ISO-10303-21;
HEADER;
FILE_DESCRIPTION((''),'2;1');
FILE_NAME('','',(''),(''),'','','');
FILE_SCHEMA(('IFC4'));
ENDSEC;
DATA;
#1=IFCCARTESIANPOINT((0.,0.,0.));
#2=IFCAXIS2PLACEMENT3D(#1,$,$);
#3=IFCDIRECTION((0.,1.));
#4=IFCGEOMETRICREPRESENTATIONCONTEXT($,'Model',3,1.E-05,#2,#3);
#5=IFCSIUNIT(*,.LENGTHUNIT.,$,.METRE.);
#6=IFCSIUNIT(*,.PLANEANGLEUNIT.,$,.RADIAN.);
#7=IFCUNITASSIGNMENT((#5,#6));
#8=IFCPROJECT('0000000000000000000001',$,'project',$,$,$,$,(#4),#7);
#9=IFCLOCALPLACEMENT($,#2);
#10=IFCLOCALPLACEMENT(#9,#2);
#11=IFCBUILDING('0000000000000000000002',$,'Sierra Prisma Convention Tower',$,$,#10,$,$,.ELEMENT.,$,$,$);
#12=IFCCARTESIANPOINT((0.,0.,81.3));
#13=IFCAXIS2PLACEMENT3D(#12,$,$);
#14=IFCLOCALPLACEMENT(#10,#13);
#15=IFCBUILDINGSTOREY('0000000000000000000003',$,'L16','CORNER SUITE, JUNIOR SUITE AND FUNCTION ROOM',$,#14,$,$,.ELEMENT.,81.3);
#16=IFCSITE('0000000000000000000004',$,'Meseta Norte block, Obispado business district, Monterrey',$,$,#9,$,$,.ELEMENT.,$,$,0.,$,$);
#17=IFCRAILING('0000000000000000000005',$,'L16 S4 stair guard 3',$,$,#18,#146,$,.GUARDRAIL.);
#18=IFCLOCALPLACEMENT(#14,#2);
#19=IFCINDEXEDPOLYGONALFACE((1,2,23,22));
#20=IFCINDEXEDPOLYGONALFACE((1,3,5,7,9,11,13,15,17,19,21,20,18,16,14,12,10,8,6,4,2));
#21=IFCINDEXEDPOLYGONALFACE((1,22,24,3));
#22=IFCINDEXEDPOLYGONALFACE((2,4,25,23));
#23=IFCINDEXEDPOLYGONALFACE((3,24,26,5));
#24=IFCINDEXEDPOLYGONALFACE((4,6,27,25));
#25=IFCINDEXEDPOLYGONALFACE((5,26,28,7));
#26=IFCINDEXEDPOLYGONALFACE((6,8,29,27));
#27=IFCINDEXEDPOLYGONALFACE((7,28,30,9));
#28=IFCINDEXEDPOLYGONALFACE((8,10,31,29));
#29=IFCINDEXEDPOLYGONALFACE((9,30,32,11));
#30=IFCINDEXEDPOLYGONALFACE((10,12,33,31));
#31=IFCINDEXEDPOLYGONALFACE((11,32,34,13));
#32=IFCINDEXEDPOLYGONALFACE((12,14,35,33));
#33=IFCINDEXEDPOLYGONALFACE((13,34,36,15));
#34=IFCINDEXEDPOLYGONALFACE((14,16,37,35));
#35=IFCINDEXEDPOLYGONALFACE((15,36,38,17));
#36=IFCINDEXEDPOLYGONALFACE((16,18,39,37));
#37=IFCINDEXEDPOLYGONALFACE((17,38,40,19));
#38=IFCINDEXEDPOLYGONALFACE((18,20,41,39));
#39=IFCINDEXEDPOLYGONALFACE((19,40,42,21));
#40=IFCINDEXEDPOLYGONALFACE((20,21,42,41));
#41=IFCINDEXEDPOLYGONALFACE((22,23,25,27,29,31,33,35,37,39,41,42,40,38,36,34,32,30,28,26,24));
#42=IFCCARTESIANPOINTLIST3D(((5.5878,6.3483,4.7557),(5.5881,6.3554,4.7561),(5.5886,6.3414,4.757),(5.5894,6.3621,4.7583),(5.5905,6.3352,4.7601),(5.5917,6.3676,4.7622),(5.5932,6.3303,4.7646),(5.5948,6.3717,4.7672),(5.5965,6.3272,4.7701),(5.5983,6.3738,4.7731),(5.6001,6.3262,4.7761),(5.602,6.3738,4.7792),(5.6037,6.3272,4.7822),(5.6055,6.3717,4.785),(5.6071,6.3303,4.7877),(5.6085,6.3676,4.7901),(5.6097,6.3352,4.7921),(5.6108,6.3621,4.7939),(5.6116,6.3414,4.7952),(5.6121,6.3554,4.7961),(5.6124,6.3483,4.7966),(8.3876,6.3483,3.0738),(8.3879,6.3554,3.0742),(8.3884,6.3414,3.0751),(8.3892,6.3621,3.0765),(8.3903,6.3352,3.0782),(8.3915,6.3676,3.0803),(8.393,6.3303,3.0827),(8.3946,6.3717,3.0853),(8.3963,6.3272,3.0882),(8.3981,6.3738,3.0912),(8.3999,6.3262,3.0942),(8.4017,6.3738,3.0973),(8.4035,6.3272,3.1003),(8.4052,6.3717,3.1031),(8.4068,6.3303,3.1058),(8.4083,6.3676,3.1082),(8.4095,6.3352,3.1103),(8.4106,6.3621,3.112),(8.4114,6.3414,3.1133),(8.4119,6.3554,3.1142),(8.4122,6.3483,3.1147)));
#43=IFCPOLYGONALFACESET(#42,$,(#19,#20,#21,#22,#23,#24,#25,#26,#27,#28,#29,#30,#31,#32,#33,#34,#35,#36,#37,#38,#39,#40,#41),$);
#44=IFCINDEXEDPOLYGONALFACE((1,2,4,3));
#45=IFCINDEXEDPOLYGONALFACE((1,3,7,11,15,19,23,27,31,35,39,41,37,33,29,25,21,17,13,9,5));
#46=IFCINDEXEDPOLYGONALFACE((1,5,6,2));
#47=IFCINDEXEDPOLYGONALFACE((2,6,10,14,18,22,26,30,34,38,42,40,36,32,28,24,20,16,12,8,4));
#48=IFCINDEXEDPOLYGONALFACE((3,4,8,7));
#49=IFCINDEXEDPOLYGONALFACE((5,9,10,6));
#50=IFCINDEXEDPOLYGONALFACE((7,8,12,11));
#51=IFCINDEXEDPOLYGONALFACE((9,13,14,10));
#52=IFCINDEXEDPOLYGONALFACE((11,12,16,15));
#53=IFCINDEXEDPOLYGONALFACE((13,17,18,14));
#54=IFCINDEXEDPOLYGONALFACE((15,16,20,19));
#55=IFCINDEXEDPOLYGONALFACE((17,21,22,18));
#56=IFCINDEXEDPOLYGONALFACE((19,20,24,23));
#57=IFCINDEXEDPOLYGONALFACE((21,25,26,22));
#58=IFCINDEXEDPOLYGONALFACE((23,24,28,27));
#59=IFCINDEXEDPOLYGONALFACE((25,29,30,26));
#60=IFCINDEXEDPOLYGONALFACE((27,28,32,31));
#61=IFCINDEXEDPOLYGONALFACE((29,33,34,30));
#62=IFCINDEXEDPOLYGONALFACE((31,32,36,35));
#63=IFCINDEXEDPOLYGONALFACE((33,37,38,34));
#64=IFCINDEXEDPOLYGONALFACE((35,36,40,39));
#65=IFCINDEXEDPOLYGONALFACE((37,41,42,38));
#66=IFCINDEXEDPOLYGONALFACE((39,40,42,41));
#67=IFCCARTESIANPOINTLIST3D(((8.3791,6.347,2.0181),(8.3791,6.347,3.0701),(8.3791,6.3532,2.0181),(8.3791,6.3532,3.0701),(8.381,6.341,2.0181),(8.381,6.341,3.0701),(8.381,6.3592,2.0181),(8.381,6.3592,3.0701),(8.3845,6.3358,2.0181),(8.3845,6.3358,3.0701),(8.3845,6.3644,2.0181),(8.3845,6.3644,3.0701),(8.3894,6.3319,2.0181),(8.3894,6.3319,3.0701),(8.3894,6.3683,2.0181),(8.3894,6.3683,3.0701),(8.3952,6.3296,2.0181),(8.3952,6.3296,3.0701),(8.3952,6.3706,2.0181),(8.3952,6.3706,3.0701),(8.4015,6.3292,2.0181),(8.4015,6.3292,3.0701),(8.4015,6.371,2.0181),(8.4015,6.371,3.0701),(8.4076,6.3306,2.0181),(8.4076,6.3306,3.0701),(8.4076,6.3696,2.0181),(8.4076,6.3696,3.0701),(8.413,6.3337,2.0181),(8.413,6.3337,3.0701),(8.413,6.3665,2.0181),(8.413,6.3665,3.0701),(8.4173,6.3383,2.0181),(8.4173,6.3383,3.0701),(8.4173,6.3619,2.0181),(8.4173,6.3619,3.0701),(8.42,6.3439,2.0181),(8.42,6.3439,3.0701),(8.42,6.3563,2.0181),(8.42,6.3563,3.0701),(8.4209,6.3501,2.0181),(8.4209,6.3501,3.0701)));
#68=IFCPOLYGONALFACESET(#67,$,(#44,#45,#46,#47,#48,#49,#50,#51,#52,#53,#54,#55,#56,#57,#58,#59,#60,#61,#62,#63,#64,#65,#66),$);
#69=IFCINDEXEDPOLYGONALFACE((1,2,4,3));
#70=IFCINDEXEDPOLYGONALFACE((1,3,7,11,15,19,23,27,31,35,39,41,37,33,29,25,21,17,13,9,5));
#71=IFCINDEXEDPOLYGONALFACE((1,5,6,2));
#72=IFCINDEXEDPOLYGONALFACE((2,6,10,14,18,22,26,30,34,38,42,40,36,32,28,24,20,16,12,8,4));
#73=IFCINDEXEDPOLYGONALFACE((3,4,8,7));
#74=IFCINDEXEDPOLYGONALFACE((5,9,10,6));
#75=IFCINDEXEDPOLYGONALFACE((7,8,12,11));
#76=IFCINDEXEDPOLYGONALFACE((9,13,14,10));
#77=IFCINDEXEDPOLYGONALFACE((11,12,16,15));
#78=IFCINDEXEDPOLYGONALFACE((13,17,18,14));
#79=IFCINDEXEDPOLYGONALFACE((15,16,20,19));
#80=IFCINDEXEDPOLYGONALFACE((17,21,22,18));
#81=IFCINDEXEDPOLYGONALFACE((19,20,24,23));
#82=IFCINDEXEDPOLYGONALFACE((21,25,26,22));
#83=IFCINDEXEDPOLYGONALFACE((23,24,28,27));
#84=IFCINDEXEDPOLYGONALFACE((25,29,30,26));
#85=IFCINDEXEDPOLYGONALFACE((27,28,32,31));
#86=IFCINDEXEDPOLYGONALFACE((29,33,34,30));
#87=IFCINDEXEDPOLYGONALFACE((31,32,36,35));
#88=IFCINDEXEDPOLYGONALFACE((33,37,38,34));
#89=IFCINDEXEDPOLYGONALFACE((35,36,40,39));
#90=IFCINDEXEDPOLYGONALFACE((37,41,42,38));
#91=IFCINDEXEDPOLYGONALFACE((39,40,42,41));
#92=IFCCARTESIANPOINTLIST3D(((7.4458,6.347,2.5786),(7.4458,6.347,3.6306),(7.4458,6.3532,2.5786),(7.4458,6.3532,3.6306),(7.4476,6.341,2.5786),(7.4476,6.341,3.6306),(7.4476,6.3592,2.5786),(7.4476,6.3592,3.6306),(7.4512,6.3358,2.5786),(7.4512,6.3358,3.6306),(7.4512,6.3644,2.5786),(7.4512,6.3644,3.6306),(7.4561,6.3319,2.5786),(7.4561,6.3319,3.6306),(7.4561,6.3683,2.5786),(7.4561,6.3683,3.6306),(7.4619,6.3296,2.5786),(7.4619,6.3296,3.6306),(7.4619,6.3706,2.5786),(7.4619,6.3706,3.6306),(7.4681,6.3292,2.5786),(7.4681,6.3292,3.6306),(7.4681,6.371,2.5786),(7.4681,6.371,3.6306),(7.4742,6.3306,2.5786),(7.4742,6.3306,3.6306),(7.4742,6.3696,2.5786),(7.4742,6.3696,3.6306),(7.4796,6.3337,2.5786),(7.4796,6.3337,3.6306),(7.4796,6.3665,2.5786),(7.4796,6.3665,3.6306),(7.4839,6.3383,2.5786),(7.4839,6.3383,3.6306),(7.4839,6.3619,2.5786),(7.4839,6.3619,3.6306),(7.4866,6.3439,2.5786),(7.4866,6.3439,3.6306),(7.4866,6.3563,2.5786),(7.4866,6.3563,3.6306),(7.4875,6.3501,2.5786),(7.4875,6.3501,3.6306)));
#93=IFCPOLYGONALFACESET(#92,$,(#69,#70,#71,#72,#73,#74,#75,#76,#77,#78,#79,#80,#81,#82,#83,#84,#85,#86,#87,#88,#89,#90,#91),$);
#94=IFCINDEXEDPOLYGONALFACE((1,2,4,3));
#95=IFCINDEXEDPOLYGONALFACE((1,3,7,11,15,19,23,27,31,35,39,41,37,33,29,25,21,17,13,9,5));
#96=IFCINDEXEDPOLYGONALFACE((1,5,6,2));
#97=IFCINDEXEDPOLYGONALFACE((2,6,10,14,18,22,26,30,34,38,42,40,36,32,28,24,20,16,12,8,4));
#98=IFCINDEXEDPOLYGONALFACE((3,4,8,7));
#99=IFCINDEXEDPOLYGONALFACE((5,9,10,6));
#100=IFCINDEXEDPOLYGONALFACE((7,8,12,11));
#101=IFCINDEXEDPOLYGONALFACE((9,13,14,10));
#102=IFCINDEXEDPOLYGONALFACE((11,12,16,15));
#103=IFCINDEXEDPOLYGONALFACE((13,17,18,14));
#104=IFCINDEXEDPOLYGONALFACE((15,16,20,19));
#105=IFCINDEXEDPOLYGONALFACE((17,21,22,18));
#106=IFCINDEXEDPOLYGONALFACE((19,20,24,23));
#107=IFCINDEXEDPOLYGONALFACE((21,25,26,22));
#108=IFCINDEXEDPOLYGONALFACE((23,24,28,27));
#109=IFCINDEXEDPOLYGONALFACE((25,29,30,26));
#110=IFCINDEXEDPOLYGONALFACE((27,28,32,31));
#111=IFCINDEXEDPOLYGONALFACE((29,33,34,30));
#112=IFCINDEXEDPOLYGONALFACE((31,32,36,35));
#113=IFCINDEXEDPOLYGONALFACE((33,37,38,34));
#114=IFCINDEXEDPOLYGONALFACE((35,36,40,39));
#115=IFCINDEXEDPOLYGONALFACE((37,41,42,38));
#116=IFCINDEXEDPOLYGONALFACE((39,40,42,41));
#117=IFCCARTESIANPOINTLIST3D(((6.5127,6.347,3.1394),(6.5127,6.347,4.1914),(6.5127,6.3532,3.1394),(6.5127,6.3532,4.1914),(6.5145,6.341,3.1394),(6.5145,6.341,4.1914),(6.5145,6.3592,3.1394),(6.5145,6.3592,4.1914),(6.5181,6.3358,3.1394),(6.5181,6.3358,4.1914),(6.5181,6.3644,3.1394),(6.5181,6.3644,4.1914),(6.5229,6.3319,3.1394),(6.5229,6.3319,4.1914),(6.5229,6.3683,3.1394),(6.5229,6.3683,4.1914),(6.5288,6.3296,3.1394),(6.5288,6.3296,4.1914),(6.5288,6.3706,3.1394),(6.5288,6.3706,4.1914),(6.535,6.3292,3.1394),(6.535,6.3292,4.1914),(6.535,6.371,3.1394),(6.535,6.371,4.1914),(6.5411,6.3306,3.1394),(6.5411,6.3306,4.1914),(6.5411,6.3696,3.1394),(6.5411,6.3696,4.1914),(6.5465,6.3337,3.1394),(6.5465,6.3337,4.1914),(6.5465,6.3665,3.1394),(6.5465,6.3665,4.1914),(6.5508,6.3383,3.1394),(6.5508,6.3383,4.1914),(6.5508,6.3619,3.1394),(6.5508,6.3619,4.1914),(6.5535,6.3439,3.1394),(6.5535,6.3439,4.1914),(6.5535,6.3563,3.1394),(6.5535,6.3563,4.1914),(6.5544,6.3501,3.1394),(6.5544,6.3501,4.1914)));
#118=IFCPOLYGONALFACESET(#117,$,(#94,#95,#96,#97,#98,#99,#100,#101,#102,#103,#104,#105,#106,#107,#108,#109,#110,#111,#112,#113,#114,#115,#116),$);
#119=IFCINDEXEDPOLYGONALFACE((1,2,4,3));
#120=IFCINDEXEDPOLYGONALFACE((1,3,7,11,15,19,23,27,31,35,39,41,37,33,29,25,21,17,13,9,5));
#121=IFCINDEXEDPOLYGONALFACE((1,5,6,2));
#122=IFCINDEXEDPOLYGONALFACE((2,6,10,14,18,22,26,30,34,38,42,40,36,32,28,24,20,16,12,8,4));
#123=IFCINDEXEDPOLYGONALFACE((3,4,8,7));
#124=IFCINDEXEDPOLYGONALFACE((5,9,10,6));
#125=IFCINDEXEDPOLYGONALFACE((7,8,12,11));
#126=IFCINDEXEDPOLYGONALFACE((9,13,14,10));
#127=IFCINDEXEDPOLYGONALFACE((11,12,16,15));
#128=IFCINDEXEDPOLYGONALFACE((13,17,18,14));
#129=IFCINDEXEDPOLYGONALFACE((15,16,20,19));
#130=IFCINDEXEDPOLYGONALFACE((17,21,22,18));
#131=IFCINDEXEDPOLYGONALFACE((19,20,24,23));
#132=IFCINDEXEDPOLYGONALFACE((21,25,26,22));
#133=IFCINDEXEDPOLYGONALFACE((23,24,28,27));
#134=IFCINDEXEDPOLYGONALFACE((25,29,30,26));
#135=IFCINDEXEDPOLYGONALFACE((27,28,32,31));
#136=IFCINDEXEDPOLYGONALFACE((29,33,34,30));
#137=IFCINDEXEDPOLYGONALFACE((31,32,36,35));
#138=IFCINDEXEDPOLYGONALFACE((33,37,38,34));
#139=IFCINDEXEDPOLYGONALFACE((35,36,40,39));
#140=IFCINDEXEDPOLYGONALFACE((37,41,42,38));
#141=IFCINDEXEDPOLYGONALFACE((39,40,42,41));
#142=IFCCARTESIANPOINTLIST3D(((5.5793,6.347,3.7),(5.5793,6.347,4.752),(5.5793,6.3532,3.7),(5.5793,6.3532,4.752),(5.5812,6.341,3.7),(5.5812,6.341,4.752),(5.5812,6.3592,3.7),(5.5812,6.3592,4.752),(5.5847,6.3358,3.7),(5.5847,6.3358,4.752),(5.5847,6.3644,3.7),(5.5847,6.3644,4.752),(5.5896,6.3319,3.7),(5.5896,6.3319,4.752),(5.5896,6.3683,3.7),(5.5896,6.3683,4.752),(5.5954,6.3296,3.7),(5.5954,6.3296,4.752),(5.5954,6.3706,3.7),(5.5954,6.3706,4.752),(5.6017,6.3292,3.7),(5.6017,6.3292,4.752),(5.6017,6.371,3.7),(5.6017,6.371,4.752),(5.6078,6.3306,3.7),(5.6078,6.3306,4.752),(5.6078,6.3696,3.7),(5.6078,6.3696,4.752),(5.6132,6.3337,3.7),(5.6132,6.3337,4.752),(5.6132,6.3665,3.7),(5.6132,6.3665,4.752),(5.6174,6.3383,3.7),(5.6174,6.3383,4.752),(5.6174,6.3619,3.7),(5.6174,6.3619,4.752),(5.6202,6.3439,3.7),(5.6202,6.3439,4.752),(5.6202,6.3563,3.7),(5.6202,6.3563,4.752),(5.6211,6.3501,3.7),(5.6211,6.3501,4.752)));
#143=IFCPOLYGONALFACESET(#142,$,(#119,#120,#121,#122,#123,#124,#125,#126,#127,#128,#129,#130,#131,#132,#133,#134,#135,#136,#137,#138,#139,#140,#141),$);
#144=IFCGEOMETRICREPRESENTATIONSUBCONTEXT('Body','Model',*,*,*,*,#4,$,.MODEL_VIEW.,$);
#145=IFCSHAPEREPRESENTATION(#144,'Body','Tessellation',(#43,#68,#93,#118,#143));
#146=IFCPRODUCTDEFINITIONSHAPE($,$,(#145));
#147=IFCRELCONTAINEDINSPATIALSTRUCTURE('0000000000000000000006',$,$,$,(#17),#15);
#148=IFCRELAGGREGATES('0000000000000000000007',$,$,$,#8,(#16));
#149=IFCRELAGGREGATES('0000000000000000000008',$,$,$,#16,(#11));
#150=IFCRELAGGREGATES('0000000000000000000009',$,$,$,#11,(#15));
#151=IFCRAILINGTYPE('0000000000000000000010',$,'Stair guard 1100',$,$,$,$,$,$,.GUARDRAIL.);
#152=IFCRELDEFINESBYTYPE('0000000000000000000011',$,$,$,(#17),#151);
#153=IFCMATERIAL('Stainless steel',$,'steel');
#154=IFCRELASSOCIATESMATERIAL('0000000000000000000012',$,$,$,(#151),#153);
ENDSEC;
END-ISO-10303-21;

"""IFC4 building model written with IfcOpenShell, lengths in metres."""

from ifc_helpers import new_model, si_unit, direction, frame, origin, origin_2d, place, context, subcontext, project, spatial, circle, extrude, material, type_object, element, save


model = new_model("IFC4")

# Units and contexts
model_context = context("Model", 3, precision=1e-05, world=origin(), true_north=direction((0.0, 1.0)))
body_context = subcontext(model_context, "Body", "Model", "MODEL_VIEW")
ifc_project = project(units=[si_unit("LENGTHUNIT", "METRE"), si_unit("PLANEANGLEUNIT", "RADIAN")], contexts=[model_context])

# Site, building, storey
site_placement = place(None, origin())
site = spatial("IfcSite", under=ifc_project, at=site_placement, Name="Meseta Norte block, Obispado business district, Monterrey", CompositionType="ELEMENT", RefElevation=0.0)
building_placement = place(site_placement, origin())
building = spatial("IfcBuilding", under=site, at=building_placement, Name="Sierra Prisma Convention Tower", CompositionType="ELEMENT")
storey_placement = place(building_placement, frame((0.0, 0.0, 81.3)))
storey = spatial("IfcBuildingStorey", under=building, at=storey_placement, Name="L16", Description="CORNER SUITE, JUNIOR SUITE AND FUNCTION ROOM", CompositionType="ELEMENT", Elevation=81.3)

# Railing
ifc_material_1 = material(Name="Stainless steel", Category="steel")
railing_type_1 = type_object("IfcRailingType", Name="Stair guard 1100", PredefinedType="GUARDRAIL", material=ifc_material_1)
railing_1_placement = place(storey_placement, frame((8.3999, 6.3501, 2.0181)))
element("IfcRailing", 1, at=railing_1_placement, inside=storey, type_object=railing_type_1, Name="L16 S4 stair guard 3", PredefinedType="GUARDRAIL", context=body_context, shape_type="SweptSolid", body=[
    extrude(circle(Radius=0.0239, at=origin_2d()), frame((0.0, 0.0, 1.0762), z_axis=(-0.857222, 0.0, 0.514946), x_axis=(0.0, -1.0, 0.0)), (0.0, 0.0, 1.0), 3.2661),
    extrude(circle(Radius=0.021, at=origin_2d()), origin(), (0.0, 0.0, 1.0), 1.052),
    extrude(circle(Radius=0.021, at=origin_2d()), frame((-0.9333, 0.0, 0.5605)), (0.0, 0.0, 1.0), 1.052),
    extrude(circle(Radius=0.021, at=origin_2d()), frame((-1.8665, 0.0, 1.1213)), (0.0, 0.0, 1.0), 1.052),
    extrude(circle(Radius=0.021, at=origin_2d()), frame((-2.7998, 0.0, 1.6819)), (0.0, 0.0, 1.0), 1.052),
])

save(model, "model.ifc")
